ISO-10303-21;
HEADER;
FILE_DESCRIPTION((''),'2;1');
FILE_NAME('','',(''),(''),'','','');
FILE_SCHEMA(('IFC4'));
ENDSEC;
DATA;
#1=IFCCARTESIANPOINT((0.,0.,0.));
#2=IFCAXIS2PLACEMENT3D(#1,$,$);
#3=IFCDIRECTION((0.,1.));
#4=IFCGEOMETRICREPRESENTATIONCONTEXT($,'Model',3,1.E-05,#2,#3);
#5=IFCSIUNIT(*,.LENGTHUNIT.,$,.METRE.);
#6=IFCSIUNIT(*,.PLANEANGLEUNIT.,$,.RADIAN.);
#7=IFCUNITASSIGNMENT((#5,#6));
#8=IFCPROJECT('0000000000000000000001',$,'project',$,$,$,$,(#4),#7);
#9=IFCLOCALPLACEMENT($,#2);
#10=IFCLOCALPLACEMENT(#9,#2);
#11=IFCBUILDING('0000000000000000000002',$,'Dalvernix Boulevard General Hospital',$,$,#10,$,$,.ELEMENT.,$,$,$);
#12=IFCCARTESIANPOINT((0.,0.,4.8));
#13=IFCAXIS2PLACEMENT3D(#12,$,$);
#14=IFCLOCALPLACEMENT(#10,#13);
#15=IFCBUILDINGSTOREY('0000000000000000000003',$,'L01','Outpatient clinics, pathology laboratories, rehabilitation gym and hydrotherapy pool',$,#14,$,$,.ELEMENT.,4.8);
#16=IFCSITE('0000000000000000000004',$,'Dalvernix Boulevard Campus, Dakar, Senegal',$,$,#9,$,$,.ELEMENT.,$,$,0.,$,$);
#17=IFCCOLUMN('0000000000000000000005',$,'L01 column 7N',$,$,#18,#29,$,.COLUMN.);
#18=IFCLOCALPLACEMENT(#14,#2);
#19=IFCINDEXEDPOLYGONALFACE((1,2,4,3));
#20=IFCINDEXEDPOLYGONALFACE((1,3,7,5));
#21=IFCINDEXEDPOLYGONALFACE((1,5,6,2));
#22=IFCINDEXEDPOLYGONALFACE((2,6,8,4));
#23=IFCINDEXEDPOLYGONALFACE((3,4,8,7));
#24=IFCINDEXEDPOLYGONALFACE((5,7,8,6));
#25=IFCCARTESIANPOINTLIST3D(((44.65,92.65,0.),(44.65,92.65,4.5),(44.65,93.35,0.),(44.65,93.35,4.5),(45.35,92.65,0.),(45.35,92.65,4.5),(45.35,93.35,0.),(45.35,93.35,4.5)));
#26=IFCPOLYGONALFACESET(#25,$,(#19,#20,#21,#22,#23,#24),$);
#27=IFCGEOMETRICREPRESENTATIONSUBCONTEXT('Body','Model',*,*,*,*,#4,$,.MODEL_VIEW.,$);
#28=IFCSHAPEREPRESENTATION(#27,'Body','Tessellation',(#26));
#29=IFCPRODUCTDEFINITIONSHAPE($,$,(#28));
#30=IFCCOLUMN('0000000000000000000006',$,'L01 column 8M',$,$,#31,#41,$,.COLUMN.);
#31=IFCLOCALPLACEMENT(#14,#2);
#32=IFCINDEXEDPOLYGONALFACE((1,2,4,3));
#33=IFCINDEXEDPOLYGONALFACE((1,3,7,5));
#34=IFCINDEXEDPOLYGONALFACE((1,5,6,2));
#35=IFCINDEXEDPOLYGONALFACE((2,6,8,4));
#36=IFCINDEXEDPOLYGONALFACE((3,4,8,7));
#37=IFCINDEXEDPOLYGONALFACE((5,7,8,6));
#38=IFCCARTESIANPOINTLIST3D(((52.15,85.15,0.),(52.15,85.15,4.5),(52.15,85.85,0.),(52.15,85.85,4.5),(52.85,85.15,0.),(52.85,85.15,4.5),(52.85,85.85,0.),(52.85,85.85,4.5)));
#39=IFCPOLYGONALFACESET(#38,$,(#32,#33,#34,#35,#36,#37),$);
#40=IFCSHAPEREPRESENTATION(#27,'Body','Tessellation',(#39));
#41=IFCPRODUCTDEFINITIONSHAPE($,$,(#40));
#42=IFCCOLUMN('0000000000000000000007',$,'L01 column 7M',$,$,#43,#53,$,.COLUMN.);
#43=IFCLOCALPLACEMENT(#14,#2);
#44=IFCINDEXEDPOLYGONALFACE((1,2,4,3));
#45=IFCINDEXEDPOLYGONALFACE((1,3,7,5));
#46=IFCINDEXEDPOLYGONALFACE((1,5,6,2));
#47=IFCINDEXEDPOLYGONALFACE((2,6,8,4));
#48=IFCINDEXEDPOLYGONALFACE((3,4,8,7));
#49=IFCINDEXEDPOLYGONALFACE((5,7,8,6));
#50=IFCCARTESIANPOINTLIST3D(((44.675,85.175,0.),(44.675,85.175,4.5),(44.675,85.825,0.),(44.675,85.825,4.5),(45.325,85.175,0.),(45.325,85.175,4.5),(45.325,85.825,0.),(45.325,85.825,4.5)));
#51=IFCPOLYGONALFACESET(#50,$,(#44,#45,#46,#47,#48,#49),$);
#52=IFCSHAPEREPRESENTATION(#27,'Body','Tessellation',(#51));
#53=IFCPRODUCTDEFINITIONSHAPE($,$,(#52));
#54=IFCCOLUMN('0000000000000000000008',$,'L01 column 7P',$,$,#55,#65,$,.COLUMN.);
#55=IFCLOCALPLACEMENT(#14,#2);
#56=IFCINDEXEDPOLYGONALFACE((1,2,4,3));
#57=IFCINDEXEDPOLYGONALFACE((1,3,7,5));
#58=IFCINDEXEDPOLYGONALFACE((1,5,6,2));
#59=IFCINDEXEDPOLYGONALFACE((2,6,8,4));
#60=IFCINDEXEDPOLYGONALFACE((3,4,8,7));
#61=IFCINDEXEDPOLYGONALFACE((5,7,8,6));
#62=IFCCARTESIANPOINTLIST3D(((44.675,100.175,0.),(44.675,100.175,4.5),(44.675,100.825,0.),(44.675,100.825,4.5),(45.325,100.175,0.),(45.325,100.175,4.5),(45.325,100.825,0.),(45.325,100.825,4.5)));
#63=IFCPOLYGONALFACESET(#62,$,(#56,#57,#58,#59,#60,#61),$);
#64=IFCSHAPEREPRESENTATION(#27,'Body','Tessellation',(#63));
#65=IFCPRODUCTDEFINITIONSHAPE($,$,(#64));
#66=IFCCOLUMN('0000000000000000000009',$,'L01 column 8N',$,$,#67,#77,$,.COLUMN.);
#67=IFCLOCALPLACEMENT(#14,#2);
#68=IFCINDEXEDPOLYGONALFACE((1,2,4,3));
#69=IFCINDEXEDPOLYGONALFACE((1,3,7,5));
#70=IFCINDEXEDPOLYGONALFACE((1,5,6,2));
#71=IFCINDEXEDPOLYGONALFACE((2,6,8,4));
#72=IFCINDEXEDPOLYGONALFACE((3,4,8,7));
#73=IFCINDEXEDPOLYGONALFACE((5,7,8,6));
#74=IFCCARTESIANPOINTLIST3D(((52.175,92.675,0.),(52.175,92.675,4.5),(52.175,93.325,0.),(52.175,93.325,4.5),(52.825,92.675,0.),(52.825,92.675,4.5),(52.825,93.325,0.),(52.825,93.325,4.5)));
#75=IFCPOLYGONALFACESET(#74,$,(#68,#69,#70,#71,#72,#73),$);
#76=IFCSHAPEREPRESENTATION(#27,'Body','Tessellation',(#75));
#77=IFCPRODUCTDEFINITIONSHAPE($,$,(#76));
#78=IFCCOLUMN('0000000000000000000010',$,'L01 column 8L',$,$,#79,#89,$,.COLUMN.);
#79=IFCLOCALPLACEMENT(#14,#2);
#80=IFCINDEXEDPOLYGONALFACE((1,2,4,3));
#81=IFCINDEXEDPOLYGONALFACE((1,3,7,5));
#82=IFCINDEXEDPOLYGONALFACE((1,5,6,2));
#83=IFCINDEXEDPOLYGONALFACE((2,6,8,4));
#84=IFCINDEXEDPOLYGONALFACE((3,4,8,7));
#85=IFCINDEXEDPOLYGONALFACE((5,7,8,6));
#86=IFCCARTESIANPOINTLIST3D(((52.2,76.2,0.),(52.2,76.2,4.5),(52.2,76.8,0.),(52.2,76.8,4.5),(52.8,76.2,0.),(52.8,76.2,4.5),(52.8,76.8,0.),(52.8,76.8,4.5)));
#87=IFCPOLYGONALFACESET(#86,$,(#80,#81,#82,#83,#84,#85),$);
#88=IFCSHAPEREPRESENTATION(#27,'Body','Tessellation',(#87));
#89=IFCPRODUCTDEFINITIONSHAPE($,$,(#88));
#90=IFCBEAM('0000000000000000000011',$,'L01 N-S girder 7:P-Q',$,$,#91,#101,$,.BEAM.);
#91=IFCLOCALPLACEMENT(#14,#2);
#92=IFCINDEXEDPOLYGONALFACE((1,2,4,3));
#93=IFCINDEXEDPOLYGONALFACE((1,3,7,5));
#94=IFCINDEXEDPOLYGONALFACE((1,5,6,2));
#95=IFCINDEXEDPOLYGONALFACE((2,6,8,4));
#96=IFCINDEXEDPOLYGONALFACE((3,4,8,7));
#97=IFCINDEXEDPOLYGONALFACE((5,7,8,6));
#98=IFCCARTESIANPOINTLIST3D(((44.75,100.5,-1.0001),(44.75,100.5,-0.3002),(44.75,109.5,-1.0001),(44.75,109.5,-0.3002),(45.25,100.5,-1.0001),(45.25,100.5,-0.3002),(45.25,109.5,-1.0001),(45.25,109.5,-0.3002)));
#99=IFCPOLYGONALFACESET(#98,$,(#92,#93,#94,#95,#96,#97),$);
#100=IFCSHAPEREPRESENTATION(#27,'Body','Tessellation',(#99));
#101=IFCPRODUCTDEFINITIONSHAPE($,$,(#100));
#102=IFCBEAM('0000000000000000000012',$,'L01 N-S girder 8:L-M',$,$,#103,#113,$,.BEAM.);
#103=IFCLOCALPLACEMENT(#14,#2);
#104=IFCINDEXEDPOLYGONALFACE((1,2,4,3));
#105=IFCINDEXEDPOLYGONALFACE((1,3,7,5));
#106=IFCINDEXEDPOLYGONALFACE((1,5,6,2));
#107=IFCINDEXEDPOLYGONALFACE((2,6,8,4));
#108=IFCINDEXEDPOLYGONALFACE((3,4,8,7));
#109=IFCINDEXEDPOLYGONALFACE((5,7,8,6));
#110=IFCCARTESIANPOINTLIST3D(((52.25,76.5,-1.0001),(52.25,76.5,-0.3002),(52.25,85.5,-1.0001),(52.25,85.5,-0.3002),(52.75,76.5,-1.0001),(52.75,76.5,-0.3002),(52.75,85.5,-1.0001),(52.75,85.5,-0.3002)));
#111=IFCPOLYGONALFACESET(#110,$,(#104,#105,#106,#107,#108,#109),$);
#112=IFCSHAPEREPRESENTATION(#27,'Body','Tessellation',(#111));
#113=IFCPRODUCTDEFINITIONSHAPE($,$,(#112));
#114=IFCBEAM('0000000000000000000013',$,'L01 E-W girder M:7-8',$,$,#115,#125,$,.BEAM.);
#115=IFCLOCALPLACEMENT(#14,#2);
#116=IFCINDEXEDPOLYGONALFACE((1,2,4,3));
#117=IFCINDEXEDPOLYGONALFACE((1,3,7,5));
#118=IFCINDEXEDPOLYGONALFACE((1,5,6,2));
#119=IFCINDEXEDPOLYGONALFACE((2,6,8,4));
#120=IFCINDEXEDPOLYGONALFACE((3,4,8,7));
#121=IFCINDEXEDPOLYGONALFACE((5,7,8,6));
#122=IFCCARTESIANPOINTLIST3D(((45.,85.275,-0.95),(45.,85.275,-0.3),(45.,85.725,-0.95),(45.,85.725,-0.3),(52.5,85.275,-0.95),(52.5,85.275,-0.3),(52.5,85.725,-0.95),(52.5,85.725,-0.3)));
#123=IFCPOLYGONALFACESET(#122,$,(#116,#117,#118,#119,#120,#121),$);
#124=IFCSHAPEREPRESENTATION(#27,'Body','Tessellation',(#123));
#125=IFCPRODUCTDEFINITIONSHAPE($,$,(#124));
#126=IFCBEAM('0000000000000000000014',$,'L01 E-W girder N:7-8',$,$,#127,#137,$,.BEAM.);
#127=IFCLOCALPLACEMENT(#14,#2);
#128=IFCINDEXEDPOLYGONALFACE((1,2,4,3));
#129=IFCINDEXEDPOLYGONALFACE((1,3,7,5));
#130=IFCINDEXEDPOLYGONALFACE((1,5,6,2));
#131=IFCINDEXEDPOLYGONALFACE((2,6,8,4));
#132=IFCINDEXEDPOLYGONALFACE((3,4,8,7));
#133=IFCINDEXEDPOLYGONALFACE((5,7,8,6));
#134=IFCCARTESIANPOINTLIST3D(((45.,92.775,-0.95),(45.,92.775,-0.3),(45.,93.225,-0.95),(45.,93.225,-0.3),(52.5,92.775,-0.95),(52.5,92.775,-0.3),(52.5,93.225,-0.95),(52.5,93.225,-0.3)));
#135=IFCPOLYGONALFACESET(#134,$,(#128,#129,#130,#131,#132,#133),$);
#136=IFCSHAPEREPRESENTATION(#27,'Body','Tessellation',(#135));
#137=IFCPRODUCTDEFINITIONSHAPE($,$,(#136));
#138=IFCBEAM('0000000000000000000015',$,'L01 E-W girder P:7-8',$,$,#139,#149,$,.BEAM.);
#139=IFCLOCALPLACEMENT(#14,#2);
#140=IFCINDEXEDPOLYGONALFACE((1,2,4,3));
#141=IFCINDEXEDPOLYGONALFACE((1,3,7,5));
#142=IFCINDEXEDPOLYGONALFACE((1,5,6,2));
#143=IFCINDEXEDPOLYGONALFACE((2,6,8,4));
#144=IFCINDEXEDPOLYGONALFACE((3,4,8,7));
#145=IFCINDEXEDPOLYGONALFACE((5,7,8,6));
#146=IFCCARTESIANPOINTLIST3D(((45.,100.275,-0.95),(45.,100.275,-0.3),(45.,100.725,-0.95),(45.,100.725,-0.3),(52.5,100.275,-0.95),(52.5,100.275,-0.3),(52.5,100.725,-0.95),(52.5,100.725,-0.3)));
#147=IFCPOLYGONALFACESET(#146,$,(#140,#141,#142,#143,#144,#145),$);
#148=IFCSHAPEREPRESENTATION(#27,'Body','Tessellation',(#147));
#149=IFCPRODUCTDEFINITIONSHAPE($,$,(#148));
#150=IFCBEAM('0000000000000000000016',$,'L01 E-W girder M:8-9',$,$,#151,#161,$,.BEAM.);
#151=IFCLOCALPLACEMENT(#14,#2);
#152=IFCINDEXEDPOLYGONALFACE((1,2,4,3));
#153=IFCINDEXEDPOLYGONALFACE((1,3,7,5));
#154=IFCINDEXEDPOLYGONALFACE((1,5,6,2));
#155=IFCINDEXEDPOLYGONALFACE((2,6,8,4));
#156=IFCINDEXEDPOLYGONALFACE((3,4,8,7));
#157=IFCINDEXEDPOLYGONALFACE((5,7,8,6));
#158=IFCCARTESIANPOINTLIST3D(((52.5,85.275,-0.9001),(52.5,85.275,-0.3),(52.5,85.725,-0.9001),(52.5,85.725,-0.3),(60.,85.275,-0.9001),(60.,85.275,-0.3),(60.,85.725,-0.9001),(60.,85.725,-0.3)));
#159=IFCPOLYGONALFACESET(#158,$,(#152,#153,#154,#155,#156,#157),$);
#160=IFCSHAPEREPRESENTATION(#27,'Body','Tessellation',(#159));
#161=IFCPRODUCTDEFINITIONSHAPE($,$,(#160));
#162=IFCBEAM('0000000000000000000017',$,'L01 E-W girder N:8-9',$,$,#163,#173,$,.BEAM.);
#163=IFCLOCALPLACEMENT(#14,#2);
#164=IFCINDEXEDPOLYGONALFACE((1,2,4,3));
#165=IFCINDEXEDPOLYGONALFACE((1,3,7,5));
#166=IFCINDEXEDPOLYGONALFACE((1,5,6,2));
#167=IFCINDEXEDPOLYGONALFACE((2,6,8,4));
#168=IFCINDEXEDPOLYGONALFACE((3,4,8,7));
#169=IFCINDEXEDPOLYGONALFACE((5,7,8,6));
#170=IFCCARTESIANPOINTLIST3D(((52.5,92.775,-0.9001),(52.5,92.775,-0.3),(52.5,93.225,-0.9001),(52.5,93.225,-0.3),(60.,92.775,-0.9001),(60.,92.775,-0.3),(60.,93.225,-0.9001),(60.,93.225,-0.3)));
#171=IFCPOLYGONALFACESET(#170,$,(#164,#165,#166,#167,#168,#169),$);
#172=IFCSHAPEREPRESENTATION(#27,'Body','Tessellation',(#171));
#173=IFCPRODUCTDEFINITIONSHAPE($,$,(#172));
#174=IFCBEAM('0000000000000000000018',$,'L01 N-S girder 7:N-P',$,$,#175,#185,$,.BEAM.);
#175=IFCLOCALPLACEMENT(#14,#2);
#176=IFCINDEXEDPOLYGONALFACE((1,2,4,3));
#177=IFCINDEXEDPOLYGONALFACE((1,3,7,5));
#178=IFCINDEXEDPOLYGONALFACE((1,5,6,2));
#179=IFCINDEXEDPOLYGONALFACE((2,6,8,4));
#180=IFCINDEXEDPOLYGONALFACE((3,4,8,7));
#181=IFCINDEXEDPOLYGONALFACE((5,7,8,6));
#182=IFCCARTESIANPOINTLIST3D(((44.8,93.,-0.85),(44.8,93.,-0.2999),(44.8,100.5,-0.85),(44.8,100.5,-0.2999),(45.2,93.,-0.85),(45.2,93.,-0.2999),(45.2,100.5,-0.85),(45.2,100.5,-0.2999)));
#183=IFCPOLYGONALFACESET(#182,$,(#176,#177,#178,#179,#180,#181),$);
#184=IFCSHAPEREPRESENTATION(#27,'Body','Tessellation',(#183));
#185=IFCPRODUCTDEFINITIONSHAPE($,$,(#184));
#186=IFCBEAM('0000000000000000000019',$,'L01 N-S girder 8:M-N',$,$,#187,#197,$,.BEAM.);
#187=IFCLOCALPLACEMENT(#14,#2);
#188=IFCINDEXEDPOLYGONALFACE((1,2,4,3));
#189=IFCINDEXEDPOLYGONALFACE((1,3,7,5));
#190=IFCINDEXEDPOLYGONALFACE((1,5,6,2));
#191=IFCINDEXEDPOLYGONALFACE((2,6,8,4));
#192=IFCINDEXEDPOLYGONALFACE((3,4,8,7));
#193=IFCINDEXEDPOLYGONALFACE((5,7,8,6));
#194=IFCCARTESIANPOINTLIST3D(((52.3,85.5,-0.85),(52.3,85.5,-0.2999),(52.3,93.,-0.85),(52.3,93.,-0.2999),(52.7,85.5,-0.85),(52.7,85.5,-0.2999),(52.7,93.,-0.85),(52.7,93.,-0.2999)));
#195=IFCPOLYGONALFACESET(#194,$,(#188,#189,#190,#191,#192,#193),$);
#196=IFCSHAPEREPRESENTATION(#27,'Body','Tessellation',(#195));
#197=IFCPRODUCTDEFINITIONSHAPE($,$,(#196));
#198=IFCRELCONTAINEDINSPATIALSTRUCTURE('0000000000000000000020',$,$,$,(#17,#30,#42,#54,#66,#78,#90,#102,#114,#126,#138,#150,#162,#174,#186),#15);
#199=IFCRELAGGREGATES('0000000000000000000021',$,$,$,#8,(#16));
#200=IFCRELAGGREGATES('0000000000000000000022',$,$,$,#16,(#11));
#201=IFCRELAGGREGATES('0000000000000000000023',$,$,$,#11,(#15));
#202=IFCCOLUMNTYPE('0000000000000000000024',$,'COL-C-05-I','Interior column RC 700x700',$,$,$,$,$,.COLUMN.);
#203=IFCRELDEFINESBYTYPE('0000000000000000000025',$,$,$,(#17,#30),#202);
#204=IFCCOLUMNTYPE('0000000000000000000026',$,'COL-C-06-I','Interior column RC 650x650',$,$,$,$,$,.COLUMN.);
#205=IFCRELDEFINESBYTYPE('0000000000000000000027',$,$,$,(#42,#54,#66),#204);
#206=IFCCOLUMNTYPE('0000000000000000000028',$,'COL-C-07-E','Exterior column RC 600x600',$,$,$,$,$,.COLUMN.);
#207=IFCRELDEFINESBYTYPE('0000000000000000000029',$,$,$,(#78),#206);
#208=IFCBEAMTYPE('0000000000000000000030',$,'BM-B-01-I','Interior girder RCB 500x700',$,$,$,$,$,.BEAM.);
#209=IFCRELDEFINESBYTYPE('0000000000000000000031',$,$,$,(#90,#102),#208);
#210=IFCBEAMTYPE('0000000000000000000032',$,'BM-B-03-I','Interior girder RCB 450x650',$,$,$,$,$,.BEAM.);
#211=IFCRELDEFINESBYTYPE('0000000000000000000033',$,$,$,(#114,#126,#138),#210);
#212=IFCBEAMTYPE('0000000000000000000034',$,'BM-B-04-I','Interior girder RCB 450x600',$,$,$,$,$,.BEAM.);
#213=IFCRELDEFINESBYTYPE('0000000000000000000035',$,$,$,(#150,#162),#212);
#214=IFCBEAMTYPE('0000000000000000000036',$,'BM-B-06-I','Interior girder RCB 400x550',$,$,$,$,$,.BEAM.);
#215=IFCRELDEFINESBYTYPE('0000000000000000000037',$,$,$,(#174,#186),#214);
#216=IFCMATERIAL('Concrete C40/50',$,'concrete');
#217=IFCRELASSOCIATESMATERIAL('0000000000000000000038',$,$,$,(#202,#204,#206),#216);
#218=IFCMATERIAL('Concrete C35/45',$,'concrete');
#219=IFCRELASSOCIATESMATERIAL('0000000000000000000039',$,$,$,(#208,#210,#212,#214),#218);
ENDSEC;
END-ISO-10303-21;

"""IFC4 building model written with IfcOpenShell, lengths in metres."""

from ifc_helpers import new_model, si_unit, direction, frame, origin, origin_2d, place, context, subcontext, project, spatial, rectangle, extrude, material, material_profile, profile_set, type_object, element, save


model = new_model("IFC4")

# Units and contexts
model_context = context("Model", 3, precision=1e-05, world=origin(), true_north=direction((0.0, 1.0)))
body_context = subcontext(model_context, "Body", "Model", "MODEL_VIEW")
ifc_project = project(units=[si_unit("LENGTHUNIT", "METRE"), si_unit("PLANEANGLEUNIT", "RADIAN")], contexts=[model_context])

# Site, building, storey
site_placement = place(None, origin())
site = spatial("IfcSite", under=ifc_project, at=site_placement, Name="Dalvernix Boulevard Campus, Dakar, Senegal", CompositionType="ELEMENT", RefElevation=0.0)
building_placement = place(site_placement, origin())
building = spatial("IfcBuilding", under=site, at=building_placement, Name="Dalvernix Boulevard General Hospital", CompositionType="ELEMENT")
storey_placement = place(building_placement, frame((0.0, 0.0, 4.8)))
storey = spatial("IfcBuildingStorey", under=building, at=storey_placement, Name="L01", Description="Outpatient clinics, pathology laboratories, rehabilitation gym and hydrotherapy pool", CompositionType="ELEMENT", Elevation=4.8)

# Columns
ifc_material_1 = material(Name="Concrete C40/50", Category="concrete")
ifc_material_profile_1 = material_profile(ifc_material_1, rectangle(XDim=0.7, YDim=0.7, at=origin_2d()), Name="RC 700x700")
ifc_profile_set_1 = profile_set([ifc_material_profile_1], Name="Concrete C40/50")
column_type_1 = type_object("IfcColumnType", Name="COL-C-05-I", Description="Interior column RC 700x700", PredefinedType="COLUMN", material=ifc_profile_set_1)
for number, where, z_axis, x_axis, name in (
    (1, (45.0, 93.0, 0.0), (0.0, 0.0, 1.0), (1.0, 0.0, 0.0), "L01 column 7N"),
    (2, (52.5, 85.5, 0.0), (0.0, 0.0, 1.0), (1.0, 0.0, 0.0), "L01 column 8M"),
):
    element("IfcColumn", number, at=place(storey_placement, frame(where, z_axis=z_axis, x_axis=x_axis)), inside=storey, type_object=column_type_1, Name=name, PredefinedType="COLUMN", context=body_context, shape_type="SweptSolid", body=[
        extrude(rectangle(XDim=0.7, YDim=0.7, at=origin_2d()), origin(), (0.0, 0.0, 1.0), 4.5),
    ])
ifc_material_profile_2 = material_profile(ifc_material_1, rectangle(XDim=0.6499, YDim=0.6499, at=origin_2d()), Name="RC 650x650")
ifc_profile_set_2 = profile_set([ifc_material_profile_2], Name="Concrete C40/50")
column_type_2 = type_object("IfcColumnType", Name="COL-C-06-I", Description="Interior column RC 650x650", PredefinedType="COLUMN", material=ifc_profile_set_2)
for number, where, z_axis, x_axis, name in (
    (3, (45.0, 85.5, 0.0), (0.0, 0.0, 1.0), (1.0, 0.0, 0.0), "L01 column 7M"),
    (4, (45.0, 100.5, 0.0), (0.0, 0.0, 1.0), (1.0, 0.0, 0.0), "L01 column 7P"),
    (5, (52.5, 93.0, 0.0), (0.0, 0.0, 1.0), (1.0, 0.0, 0.0), "L01 column 8N"),
):
    element("IfcColumn", number, at=place(storey_placement, frame(where, z_axis=z_axis, x_axis=x_axis)), inside=storey, type_object=column_type_2, Name=name, PredefinedType="COLUMN", context=body_context, shape_type="SweptSolid", body=[
        extrude(rectangle(XDim=0.6499, YDim=0.6499, at=origin_2d()), origin(), (0.0, 0.0, 1.0), 4.5),
    ])
ifc_material_profile_3 = material_profile(ifc_material_1, rectangle(XDim=0.6001, YDim=0.6001, at=origin_2d()), Name="RC 600x600")
ifc_profile_set_3 = profile_set([ifc_material_profile_3], Name="Concrete C40/50")
column_type_3 = type_object("IfcColumnType", Name="COL-C-07-E", Description="Exterior column RC 600x600", PredefinedType="COLUMN", material=ifc_profile_set_3)
column_placement = place(storey_placement, frame((52.5, 76.5, 0.0), z_axis=(0.0, 0.0, 1.0), x_axis=(1.0, 0.0, 0.0)))
element("IfcColumn", 6, at=column_placement, inside=storey, type_object=column_type_3, Name="L01 column 8L", PredefinedType="COLUMN", context=body_context, shape_type="SweptSolid", body=[
    extrude(rectangle(XDim=0.6001, YDim=0.6001, at=origin_2d()), origin(), (0.0, 0.0, 1.0), 4.5),
])

# Beams
ifc_material_2 = material(Name="Concrete C35/45", Category="concrete")
ifc_material_profile_4 = material_profile(ifc_material_2, rectangle(XDim=0.5, YDim=0.7, at=origin_2d()), Name="RCB 500x700")
ifc_profile_set_4 = profile_set([ifc_material_profile_4], Name="Concrete C35/45")
beam_type_1 = type_object("IfcBeamType", Name="BM-B-01-I", Description="Interior girder RCB 500x700", PredefinedType="BEAM", material=ifc_profile_set_4)
for number, where, z_axis, x_axis, name in (
    (7, (45.0, 100.5, -0.6501), (0.0, 1.0, 0.0), (-1.0, 0.0, 0.0), "L01 N-S girder 7:P-Q"),
    (8, (52.5, 76.5, -0.6501), (0.0, 1.0, 0.0), (-1.0, 0.0, 0.0), "L01 N-S girder 8:L-M"),
):
    element("IfcBeam", number, at=place(storey_placement, frame(where, z_axis=z_axis, x_axis=x_axis)), inside=storey, type_object=beam_type_1, Name=name, PredefinedType="BEAM", context=body_context, shape_type="SweptSolid", body=[
        extrude(rectangle(XDim=0.5, YDim=0.7, at=origin_2d()), origin(), (0.0, 0.0, 1.0), 9.0),
    ])
ifc_material_profile_5 = material_profile(ifc_material_2, rectangle(XDim=0.45, YDim=0.6499, at=origin_2d()), Name="RCB 450x650")
ifc_profile_set_5 = profile_set([ifc_material_profile_5], Name="Concrete C35/45")
beam_type_2 = type_object("IfcBeamType", Name="BM-B-03-I", Description="Interior girder RCB 450x650", PredefinedType="BEAM", material=ifc_profile_set_5)
for number, where, z_axis, x_axis, name in (
    (9, (45.0, 85.5, -0.625), (1.0, 0.0, 0.0), (0.0, 1.0, 0.0), "L01 E-W girder M:7-8"),
    (10, (45.0, 93.0, -0.625), (1.0, 0.0, 0.0), (0.0, 1.0, 0.0), "L01 E-W girder N:7-8"),
    (11, (45.0, 100.5, -0.625), (1.0, 0.0, 0.0), (0.0, 1.0, 0.0), "L01 E-W girder P:7-8"),
):
    element("IfcBeam", number, at=place(storey_placement, frame(where, z_axis=z_axis, x_axis=x_axis)), inside=storey, type_object=beam_type_2, Name=name, PredefinedType="BEAM", context=body_context, shape_type="SweptSolid", body=[
        extrude(rectangle(XDim=0.45, YDim=0.6499, at=origin_2d()), origin(), (0.0, 0.0, 1.0), 7.5),
    ])
ifc_material_profile_6 = material_profile(ifc_material_2, rectangle(XDim=0.45, YDim=0.6001, at=origin_2d()), Name="RCB 450x600")
ifc_profile_set_6 = profile_set([ifc_material_profile_6], Name="Concrete C35/45")
beam_type_3 = type_object("IfcBeamType", Name="BM-B-04-I", Description="Interior girder RCB 450x600", PredefinedType="BEAM", material=ifc_profile_set_6)
for number, where, z_axis, x_axis, name in (
    (12, (52.5, 85.5, -0.6001), (1.0, 0.0, 0.0), (0.0, 1.0, 0.0), "L01 E-W girder M:8-9"),
    (13, (52.5, 93.0, -0.6001), (1.0, 0.0, 0.0), (0.0, 1.0, 0.0), "L01 E-W girder N:8-9"),
):
    element("IfcBeam", number, at=place(storey_placement, frame(where, z_axis=z_axis, x_axis=x_axis)), inside=storey, type_object=beam_type_3, Name=name, PredefinedType="BEAM", context=body_context, shape_type="SweptSolid", body=[
        extrude(rectangle(XDim=0.45, YDim=0.6001, at=origin_2d()), origin(), (0.0, 0.0, 1.0), 7.5),
    ])
ifc_material_profile_7 = material_profile(ifc_material_2, rectangle(XDim=0.3999, YDim=0.55, at=origin_2d()), Name="RCB 400x550")
ifc_profile_set_7 = profile_set([ifc_material_profile_7], Name="Concrete C35/45")
beam_type_4 = type_object("IfcBeamType", Name="BM-B-06-I", Description="Interior girder RCB 400x550", PredefinedType="BEAM", material=ifc_profile_set_7)
for number, where, z_axis, x_axis, name in (
    (14, (45.0, 93.0, -0.575), (0.0, 1.0, 0.0), (-1.0, 0.0, 0.0), "L01 N-S girder 7:N-P"),
    (15, (52.5, 85.5, -0.575), (0.0, 1.0, 0.0), (-1.0, 0.0, 0.0), "L01 N-S girder 8:M-N"),
):
    element("IfcBeam", number, at=place(storey_placement, frame(where, z_axis=z_axis, x_axis=x_axis)), inside=storey, type_object=beam_type_4, Name=name, PredefinedType="BEAM", context=body_context, shape_type="SweptSolid", body=[
        extrude(rectangle(XDim=0.3999, YDim=0.55, at=origin_2d()), origin(), (0.0, 0.0, 1.0), 7.5),
    ])

save(model, "model.ifc")
